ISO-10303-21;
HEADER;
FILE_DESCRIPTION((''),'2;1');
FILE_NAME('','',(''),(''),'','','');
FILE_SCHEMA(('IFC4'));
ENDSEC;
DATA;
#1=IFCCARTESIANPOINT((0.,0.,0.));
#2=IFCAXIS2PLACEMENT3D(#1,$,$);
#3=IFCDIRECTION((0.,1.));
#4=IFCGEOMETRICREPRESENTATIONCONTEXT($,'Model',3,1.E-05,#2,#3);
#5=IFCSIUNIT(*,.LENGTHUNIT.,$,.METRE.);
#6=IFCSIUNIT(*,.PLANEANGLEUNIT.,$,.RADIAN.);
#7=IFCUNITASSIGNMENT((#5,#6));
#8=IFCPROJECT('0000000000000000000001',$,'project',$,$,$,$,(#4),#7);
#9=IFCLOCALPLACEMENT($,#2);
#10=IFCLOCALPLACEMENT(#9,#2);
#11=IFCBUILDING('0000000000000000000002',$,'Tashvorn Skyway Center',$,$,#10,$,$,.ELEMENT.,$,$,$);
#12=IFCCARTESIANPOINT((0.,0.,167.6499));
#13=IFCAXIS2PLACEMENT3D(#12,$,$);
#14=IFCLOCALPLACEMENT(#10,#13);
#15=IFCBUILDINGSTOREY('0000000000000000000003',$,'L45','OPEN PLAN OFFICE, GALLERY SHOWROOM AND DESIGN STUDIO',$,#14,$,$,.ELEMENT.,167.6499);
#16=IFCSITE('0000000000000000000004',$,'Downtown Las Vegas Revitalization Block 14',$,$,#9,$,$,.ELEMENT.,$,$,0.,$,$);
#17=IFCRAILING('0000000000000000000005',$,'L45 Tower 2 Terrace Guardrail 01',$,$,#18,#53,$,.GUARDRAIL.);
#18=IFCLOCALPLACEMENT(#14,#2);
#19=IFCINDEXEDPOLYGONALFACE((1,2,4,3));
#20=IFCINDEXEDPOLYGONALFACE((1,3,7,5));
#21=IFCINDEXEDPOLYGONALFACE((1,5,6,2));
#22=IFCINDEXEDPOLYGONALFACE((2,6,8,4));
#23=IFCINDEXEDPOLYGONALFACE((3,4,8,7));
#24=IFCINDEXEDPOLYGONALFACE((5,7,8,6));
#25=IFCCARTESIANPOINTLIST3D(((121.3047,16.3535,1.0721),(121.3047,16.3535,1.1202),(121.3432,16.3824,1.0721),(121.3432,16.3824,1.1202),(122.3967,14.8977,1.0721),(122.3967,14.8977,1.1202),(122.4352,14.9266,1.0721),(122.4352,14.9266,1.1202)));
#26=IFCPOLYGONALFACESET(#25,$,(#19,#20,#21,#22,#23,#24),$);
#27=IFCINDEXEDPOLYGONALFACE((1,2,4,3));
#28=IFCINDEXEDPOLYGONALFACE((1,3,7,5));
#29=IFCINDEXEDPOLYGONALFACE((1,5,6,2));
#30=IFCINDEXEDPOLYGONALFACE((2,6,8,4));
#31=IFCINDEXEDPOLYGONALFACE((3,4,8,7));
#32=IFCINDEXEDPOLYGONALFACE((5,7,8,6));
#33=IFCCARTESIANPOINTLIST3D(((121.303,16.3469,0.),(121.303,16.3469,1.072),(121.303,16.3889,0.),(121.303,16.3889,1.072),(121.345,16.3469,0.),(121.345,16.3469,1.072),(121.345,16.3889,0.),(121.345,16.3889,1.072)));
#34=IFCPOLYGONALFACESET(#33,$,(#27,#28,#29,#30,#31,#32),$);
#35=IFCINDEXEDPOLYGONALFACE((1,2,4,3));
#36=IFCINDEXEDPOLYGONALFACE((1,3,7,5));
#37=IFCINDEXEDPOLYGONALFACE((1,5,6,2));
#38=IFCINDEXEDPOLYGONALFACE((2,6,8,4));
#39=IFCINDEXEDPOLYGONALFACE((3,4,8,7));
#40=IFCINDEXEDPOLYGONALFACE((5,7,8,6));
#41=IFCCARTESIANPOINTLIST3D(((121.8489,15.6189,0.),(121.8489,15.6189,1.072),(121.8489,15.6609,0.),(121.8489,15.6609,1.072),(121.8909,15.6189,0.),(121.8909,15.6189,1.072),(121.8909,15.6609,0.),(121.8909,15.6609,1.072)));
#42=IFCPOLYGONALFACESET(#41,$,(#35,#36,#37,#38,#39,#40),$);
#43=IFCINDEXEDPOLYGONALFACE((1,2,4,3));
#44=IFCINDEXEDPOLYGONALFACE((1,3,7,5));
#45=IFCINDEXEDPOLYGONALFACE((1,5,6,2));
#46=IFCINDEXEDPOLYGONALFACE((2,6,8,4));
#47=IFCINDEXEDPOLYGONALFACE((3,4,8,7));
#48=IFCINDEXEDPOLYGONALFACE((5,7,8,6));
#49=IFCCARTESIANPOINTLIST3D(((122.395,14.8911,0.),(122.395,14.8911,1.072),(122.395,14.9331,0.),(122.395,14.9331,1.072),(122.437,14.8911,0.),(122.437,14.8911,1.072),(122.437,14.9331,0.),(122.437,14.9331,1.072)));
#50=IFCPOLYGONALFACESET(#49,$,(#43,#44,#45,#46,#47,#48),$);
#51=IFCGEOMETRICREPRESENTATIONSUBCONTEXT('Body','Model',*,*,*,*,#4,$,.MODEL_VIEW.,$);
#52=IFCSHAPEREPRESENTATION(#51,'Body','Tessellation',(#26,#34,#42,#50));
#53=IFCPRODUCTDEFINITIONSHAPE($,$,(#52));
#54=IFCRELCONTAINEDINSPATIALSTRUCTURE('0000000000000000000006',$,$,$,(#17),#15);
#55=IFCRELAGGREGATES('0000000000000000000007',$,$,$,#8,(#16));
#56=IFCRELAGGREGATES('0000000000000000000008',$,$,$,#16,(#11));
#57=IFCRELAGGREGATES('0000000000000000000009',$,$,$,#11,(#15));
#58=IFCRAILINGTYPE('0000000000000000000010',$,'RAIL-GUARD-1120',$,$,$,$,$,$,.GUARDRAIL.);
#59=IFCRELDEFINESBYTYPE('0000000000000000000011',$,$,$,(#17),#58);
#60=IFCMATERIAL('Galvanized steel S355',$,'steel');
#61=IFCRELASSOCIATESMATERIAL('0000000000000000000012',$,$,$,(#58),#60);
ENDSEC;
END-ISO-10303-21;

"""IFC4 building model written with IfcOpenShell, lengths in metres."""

from ifc_helpers import new_model, si_unit, direction, frame, origin, origin_2d, place, context, subcontext, project, spatial, rectangle, extrude, material, type_object, element, save


model = new_model("IFC4")

# Units and contexts
model_context = context("Model", 3, precision=1e-05, world=origin(), true_north=direction((0.0, 1.0)))
body_context = subcontext(model_context, "Body", "Model", "MODEL_VIEW")
ifc_project = project(units=[si_unit("LENGTHUNIT", "METRE"), si_unit("PLANEANGLEUNIT", "RADIAN")], contexts=[model_context])

# Site, building, storey
site_placement = place(None, origin())
site = spatial("IfcSite", under=ifc_project, at=site_placement, Name="Downtown Las Vegas Revitalization Block 14", CompositionType="ELEMENT", RefElevation=0.0)
building_placement = place(site_placement, origin())
building = spatial("IfcBuilding", under=site, at=building_placement, Name="Tashvorn Skyway Center", CompositionType="ELEMENT")
storey_placement = place(building_placement, frame((0.0, 0.0, 167.6499)))
storey = spatial("IfcBuildingStorey", under=building, at=storey_placement, Name="L45", Description="OPEN PLAN OFFICE, GALLERY SHOWROOM AND DESIGN STUDIO", CompositionType="ELEMENT", Elevation=167.6499)

# Railing
ifc_material_1 = material(Name="Galvanized steel S355", Category="steel")
railing_type = type_object("IfcRailingType", Name="RAIL-GUARD-1120", PredefinedType="GUARDRAIL", material=ifc_material_1)
railing_placement = place(storey_placement, frame((121.324, 16.3679, 0.0)))
element("IfcRailing", 1, at=railing_placement, inside=storey, type_object=railing_type, Name="L45 Tower 2 Terrace Guardrail 01", PredefinedType="GUARDRAIL", context=body_context, shape_type="SweptSolid", body=[
    extrude(rectangle(XDim=0.0481, YDim=0.0481, at=origin_2d()), frame((0.0, 0.0, 1.0962), z_axis=(0.600064, -0.799952, 0.0), x_axis=(0.799952, 0.600064, 0.0)), (0.0, 0.0, 1.0), 1.8198),
    extrude(rectangle(XDim=0.042, YDim=0.042, at=origin_2d()), origin(), (0.0, 0.0, 1.0), 1.072),
    extrude(rectangle(XDim=0.042, YDim=0.042, at=origin_2d()), frame((0.5459, -0.728, 0.0)), (0.0, 0.0, 1.0), 1.072),
    extrude(rectangle(XDim=0.042, YDim=0.042, at=origin_2d()), frame((1.092, -1.4558, 0.0)), (0.0, 0.0, 1.0), 1.072),
])

save(model, "model.ifc")
